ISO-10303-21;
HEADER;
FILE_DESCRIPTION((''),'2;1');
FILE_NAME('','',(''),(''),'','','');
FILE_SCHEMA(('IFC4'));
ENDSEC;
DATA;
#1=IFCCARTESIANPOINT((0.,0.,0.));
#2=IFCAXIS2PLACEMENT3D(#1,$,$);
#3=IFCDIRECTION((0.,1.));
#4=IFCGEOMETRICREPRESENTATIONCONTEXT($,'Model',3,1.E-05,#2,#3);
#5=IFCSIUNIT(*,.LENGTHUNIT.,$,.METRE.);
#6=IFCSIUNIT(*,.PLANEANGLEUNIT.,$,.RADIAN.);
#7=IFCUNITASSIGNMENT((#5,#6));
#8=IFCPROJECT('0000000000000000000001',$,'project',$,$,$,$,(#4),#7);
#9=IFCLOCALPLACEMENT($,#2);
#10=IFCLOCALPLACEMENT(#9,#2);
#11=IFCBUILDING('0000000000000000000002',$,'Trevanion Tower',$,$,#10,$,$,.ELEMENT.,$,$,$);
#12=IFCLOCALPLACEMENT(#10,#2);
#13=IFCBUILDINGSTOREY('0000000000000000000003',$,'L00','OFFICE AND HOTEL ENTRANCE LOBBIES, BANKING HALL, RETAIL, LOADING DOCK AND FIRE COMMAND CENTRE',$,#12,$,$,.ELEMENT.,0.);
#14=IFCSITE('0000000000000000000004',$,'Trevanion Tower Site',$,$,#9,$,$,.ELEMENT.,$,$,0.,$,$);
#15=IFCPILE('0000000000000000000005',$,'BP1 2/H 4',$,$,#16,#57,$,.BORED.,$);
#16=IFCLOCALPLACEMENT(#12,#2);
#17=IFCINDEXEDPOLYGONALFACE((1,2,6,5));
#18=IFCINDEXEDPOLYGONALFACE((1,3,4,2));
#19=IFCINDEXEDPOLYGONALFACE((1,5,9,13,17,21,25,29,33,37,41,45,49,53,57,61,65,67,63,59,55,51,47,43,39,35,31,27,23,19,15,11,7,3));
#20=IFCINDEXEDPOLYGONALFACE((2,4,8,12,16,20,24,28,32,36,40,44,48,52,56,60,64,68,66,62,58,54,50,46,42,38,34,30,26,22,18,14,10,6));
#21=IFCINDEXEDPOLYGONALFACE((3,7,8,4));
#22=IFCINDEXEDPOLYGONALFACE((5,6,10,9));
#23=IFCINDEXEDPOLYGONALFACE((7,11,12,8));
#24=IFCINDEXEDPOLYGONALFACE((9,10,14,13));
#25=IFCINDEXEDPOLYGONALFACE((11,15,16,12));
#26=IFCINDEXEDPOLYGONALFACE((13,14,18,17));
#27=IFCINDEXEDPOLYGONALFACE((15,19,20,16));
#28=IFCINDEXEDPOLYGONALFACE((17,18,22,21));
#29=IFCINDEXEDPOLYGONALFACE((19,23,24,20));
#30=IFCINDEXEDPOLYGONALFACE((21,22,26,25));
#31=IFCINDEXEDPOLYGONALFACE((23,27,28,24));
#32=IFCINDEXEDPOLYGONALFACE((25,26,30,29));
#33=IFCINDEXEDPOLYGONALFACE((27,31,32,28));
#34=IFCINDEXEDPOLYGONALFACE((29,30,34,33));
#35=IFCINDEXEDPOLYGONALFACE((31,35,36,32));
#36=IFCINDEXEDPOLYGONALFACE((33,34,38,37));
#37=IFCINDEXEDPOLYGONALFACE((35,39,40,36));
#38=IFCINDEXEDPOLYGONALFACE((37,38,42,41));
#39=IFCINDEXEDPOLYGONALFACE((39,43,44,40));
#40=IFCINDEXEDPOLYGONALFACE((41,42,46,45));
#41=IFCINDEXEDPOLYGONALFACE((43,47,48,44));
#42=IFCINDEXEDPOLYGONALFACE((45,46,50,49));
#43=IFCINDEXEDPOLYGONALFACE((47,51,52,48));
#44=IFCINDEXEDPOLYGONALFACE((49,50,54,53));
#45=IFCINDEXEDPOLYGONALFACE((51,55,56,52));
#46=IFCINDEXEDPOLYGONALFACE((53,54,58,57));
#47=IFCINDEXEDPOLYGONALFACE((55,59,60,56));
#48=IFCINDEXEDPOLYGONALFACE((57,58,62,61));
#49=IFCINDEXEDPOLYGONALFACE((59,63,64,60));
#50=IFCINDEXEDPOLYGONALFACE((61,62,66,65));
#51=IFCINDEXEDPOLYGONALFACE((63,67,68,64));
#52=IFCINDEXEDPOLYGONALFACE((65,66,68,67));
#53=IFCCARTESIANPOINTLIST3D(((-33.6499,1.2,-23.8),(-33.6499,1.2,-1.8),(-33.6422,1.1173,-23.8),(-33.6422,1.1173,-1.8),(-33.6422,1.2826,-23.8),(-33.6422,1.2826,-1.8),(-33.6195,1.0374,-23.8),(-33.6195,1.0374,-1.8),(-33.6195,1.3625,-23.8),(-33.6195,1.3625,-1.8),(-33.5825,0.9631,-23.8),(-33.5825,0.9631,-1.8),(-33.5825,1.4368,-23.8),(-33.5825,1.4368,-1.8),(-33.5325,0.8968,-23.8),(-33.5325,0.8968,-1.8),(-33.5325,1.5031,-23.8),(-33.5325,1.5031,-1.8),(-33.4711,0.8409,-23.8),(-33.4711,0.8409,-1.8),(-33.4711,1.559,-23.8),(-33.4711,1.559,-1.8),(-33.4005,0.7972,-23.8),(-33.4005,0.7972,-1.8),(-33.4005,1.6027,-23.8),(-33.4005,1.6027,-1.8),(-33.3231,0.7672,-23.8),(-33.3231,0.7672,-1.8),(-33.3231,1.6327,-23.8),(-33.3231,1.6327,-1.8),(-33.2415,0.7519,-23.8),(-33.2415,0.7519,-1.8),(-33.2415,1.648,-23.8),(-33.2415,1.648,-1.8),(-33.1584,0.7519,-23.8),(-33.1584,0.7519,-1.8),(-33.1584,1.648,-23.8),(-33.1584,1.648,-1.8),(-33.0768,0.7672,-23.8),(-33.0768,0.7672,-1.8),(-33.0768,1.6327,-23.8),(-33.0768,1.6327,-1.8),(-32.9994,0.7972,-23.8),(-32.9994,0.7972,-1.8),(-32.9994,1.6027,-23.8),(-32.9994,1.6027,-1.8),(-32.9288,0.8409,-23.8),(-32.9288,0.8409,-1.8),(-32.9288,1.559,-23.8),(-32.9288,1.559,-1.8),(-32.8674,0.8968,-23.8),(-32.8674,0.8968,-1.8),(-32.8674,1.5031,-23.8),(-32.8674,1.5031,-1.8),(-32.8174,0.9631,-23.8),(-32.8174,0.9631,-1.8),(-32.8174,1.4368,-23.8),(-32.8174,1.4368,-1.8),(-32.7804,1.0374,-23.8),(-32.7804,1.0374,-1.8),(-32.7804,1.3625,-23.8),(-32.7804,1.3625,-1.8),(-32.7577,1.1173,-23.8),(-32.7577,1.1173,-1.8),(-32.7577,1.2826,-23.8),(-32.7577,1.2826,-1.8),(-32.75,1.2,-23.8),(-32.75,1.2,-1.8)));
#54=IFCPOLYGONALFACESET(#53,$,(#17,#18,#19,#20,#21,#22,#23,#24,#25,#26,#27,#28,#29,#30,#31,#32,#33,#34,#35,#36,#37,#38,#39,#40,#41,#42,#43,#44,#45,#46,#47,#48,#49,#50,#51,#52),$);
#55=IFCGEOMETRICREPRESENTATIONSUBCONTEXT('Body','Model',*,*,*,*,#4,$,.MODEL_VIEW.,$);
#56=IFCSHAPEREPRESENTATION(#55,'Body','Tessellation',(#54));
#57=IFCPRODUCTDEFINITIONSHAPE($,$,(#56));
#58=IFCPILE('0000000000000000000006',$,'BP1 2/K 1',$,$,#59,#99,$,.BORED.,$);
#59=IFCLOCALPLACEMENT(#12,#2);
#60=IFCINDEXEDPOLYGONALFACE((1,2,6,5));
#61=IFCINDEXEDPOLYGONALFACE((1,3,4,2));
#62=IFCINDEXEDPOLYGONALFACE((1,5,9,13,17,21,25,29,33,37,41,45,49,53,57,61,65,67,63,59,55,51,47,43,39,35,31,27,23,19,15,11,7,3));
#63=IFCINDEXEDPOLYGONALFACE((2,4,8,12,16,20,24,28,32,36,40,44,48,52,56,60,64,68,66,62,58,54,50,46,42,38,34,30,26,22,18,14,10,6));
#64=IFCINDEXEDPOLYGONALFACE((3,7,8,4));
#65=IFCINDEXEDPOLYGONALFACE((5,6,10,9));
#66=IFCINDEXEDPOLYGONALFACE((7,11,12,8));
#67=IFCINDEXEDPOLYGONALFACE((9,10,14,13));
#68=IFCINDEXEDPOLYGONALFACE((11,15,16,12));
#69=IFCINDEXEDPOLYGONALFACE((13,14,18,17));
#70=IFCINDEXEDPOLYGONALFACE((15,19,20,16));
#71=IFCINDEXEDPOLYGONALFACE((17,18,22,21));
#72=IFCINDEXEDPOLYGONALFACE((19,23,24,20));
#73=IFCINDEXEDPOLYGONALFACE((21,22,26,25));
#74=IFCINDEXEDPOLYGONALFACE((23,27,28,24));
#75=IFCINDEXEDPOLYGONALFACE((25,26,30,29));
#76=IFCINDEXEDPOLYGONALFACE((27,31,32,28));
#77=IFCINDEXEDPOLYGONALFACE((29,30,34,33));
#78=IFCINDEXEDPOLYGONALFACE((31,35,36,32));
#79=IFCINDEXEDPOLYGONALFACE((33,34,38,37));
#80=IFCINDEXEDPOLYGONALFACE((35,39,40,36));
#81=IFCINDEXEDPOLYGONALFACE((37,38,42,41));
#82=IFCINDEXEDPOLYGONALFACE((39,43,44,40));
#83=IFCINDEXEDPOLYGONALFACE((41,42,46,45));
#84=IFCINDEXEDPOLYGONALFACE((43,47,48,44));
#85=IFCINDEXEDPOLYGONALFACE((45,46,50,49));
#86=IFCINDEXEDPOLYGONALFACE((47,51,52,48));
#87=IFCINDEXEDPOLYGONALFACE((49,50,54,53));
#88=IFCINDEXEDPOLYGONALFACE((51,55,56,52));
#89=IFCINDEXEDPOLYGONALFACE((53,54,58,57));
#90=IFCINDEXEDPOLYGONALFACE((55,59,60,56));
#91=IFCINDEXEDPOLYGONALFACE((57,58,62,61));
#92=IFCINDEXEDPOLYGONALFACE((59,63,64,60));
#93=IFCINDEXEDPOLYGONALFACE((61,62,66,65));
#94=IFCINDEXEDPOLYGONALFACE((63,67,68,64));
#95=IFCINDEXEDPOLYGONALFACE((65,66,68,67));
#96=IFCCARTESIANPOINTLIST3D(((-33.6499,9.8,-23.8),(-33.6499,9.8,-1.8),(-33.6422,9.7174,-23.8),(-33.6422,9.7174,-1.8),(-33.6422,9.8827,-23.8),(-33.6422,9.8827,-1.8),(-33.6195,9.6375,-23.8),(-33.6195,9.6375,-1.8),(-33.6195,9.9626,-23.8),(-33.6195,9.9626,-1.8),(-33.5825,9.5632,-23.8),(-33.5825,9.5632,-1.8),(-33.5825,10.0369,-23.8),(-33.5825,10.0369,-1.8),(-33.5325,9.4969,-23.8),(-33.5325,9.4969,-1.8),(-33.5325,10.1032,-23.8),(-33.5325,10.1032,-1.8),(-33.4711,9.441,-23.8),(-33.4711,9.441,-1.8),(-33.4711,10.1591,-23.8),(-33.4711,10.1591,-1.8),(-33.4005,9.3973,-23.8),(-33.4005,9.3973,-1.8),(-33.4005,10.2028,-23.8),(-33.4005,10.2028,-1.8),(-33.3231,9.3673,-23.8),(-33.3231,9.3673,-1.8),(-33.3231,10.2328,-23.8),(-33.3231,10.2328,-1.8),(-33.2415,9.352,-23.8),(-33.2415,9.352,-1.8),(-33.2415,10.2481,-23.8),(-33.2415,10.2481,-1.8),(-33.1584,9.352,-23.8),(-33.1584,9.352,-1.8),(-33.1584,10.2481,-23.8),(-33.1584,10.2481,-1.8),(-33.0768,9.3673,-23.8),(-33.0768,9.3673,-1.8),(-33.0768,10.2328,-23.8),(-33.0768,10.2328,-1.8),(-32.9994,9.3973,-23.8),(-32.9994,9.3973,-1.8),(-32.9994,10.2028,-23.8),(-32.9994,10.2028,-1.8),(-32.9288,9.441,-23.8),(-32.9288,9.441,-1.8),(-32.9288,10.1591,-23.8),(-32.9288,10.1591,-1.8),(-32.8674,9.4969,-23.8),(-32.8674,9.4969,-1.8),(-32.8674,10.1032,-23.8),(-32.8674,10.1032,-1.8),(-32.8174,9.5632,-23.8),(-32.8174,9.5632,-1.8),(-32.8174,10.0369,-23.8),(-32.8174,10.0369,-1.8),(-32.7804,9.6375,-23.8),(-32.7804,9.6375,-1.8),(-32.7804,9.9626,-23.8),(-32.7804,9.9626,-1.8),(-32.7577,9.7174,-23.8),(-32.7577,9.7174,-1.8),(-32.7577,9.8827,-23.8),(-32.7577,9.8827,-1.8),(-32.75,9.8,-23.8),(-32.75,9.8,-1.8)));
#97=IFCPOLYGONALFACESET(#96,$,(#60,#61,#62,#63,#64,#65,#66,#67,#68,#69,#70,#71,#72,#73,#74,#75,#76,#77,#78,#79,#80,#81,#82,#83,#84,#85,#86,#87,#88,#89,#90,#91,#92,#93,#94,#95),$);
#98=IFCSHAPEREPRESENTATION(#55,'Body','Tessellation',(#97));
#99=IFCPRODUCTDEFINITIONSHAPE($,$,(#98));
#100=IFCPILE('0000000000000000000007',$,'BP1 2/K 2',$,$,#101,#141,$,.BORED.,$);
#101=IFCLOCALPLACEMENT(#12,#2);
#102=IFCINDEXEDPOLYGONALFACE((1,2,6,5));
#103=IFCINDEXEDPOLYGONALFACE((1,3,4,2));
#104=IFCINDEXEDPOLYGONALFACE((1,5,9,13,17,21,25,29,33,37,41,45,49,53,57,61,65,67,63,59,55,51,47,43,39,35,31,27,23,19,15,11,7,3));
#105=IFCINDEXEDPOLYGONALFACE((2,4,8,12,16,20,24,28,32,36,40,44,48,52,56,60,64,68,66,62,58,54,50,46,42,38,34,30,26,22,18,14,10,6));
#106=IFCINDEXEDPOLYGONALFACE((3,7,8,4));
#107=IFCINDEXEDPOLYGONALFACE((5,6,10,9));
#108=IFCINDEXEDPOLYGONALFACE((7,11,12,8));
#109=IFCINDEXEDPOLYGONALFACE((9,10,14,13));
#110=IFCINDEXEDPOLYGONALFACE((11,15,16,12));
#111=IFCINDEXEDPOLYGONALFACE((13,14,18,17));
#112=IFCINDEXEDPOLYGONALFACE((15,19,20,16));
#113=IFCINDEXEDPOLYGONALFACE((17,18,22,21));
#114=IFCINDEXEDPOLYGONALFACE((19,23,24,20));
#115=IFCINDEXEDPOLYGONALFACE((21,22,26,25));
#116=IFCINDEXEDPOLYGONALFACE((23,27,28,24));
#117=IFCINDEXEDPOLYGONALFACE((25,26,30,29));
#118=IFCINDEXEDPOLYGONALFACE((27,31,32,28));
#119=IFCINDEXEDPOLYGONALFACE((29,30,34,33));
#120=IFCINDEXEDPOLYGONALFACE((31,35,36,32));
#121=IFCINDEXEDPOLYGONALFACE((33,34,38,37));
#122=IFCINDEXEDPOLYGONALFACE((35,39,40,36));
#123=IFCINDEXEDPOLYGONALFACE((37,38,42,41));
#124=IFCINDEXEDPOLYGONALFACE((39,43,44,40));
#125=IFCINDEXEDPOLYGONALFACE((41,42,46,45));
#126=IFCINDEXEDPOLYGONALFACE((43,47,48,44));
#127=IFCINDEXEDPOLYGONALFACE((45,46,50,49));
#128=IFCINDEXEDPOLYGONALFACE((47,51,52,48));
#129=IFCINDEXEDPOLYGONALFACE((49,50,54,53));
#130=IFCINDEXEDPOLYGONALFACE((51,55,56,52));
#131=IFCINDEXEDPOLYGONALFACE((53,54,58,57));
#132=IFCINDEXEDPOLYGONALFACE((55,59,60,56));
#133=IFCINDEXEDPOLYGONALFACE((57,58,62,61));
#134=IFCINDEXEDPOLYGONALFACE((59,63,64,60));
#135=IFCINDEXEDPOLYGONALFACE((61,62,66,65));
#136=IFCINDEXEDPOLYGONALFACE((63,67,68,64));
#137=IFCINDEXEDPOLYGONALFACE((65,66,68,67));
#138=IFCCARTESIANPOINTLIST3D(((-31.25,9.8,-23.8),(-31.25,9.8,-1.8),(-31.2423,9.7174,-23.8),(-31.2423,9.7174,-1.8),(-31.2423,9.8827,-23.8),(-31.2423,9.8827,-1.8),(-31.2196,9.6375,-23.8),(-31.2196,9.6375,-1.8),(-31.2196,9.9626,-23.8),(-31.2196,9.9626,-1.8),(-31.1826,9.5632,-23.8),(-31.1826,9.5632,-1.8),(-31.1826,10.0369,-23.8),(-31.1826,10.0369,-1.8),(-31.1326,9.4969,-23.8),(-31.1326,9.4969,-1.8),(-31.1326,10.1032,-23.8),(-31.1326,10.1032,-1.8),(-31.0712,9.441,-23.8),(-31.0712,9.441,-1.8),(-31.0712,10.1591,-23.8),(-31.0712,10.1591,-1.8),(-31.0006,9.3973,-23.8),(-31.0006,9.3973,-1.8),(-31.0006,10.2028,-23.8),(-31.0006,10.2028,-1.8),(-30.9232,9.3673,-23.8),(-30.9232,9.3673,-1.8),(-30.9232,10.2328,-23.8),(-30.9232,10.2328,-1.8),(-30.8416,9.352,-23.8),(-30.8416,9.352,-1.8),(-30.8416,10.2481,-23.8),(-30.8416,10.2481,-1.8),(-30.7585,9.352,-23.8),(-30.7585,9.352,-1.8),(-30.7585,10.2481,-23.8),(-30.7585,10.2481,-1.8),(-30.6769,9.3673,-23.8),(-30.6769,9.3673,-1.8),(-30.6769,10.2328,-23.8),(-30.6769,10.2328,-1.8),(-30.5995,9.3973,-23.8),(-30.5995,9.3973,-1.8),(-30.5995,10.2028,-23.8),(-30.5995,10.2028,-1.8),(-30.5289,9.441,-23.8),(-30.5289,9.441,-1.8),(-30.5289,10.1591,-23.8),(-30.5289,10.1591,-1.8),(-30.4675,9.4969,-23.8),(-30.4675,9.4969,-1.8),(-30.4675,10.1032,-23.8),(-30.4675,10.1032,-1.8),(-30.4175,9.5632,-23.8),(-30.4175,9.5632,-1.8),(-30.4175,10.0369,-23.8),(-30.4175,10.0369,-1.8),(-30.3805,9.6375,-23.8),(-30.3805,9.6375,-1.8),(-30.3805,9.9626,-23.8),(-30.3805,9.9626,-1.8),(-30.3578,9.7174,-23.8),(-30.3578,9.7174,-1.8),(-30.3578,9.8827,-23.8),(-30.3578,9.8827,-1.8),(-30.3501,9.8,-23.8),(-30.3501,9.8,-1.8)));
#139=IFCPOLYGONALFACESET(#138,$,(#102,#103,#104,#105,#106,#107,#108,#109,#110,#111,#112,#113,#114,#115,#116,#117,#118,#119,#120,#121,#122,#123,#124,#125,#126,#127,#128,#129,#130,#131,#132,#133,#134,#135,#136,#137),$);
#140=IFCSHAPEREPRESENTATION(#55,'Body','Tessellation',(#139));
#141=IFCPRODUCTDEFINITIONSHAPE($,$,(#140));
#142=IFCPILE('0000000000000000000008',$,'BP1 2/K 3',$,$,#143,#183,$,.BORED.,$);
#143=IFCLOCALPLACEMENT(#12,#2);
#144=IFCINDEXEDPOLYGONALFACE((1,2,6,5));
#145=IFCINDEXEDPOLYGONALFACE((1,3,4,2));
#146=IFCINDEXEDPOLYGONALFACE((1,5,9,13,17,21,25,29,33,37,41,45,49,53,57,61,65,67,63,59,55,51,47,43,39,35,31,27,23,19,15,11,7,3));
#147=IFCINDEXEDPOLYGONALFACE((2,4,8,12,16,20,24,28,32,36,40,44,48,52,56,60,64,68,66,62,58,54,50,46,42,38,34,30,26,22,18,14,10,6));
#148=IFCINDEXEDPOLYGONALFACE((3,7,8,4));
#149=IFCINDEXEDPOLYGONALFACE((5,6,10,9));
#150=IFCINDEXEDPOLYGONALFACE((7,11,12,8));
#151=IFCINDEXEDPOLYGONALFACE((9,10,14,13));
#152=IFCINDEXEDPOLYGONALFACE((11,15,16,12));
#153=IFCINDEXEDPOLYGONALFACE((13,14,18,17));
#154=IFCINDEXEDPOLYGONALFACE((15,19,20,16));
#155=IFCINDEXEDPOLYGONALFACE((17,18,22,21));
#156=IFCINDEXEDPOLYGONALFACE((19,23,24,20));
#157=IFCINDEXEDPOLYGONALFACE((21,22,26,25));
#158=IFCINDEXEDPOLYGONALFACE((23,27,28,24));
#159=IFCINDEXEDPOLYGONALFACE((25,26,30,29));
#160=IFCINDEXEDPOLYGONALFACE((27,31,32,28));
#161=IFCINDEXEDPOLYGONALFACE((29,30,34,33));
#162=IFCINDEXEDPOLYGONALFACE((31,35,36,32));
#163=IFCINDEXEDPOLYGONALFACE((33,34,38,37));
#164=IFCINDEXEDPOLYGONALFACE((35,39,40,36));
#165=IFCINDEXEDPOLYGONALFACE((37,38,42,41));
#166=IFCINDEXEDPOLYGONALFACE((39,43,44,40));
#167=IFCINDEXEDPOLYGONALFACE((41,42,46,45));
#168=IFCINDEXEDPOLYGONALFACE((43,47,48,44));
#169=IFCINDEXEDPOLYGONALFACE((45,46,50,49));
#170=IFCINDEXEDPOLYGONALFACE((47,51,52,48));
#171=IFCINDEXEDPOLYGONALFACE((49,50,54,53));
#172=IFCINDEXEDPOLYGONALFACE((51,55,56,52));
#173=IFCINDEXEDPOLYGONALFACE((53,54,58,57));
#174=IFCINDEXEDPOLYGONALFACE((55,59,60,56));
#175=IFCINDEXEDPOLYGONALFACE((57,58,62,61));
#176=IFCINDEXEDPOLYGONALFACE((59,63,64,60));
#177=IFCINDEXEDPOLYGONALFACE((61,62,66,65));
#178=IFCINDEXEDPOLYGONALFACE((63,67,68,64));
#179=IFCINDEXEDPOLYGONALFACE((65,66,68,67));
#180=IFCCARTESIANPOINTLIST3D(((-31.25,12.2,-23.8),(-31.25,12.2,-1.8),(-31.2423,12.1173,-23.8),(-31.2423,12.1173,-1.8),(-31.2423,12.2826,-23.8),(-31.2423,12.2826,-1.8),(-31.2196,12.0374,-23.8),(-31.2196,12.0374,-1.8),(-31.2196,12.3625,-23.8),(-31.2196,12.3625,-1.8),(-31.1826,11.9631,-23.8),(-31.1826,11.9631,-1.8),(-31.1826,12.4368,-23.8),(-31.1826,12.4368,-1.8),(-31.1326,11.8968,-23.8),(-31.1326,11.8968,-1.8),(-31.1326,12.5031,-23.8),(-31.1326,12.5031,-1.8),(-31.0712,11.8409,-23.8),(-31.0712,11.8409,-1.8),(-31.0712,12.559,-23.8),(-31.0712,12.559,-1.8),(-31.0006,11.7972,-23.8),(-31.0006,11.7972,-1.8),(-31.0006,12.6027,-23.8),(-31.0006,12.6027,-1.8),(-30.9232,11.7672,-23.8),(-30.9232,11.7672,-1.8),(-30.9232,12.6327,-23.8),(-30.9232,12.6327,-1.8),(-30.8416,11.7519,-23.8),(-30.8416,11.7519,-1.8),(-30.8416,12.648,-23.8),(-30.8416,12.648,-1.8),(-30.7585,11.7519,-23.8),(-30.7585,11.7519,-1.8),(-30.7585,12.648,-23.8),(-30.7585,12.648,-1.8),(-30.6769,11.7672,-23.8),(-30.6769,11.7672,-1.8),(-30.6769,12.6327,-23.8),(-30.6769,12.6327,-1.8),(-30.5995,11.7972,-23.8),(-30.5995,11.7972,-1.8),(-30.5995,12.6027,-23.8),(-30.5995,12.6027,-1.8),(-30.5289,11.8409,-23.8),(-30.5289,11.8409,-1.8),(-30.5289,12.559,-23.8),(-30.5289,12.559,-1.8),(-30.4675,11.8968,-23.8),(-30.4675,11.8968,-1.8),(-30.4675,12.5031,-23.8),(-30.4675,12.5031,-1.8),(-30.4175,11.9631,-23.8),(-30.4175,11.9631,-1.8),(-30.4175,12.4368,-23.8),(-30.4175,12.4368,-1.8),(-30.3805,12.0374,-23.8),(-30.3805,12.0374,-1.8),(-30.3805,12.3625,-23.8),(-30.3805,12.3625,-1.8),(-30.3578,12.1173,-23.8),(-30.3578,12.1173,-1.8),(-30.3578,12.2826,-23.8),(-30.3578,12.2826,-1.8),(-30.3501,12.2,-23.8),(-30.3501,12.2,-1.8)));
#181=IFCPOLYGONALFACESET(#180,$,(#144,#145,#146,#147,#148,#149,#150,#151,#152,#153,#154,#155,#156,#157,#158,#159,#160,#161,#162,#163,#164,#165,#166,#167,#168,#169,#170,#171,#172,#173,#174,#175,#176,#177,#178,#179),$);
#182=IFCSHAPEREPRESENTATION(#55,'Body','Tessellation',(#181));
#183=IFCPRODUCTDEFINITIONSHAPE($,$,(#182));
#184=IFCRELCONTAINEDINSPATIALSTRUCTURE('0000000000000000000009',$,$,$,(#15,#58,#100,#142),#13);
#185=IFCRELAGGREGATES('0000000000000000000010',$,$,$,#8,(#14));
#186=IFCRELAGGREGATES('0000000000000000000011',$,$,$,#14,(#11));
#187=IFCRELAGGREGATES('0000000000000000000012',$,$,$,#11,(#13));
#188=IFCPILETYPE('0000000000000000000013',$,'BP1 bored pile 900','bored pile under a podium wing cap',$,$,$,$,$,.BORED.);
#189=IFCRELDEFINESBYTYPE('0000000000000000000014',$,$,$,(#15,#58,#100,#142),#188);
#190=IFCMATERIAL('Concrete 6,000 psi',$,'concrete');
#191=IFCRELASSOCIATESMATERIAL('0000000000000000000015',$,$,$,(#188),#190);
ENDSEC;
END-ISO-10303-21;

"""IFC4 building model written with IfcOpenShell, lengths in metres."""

from ifc_helpers import new_model, si_unit, direction, frame, origin, origin_2d, place, context, subcontext, project, spatial, circle, extrude, material, material_profile, profile_set, type_object, element, save


model = new_model("IFC4")

# Units and contexts
model_context = context("Model", 3, precision=1e-05, world=origin(), true_north=direction((0.0, 1.0)))
body_context = subcontext(model_context, "Body", "Model", "MODEL_VIEW")
ifc_project = project(units=[si_unit("LENGTHUNIT", "METRE"), si_unit("PLANEANGLEUNIT", "RADIAN")], contexts=[model_context])

# Site, building, storey
site_placement = place(None, origin())
site = spatial("IfcSite", under=ifc_project, at=site_placement, Name="Trevanion Tower Site", CompositionType="ELEMENT", RefElevation=0.0)
building_placement = place(site_placement, origin())
building = spatial("IfcBuilding", under=site, at=building_placement, Name="Trevanion Tower", CompositionType="ELEMENT")
storey_placement = place(building_placement, origin())
storey = spatial("IfcBuildingStorey", under=building, at=storey_placement, Name="L00", Description="OFFICE AND HOTEL ENTRANCE LOBBIES, BANKING HALL, RETAIL, LOADING DOCK AND FIRE COMMAND CENTRE", CompositionType="ELEMENT", Elevation=0.0)

# Piles
ifc_material_1 = material(Name="Concrete 6,000 psi", Category="concrete")
ifc_material_profile_1 = material_profile(ifc_material_1, circle(Radius=0.45, at=origin_2d()), Name="BP1 bored pile 900")
ifc_profile_set_1 = profile_set([ifc_material_profile_1], Name="Concrete 6,000 psi")
pile_type = type_object("IfcPileType", Name="BP1 bored pile 900", Description="bored pile under a podium wing cap", PredefinedType="BORED", material=ifc_profile_set_1)
for number, where, z_axis, x_axis, name in (
    (1, (-33.2, 1.2, -1.8), (0.0, 0.0, -1.0), (1.0, 0.0, 0.0), "BP1 2/H 4"),
    (2, (-33.2, 9.8, -1.8), (0.0, 0.0, -1.0), (1.0, 0.0, 0.0), "BP1 2/K 1"),
    (3, (-30.8, 9.8, -1.8), (0.0, 0.0, -1.0), (1.0, 0.0, 0.0), "BP1 2/K 2"),
    (4, (-30.8, 12.2, -1.8), (0.0, 0.0, -1.0), (1.0, 0.0, 0.0), "BP1 2/K 3"),
):
    element("IfcPile", number, at=place(storey_placement, frame(where, z_axis=z_axis, x_axis=x_axis)), inside=storey, type_object=pile_type, Name=name, PredefinedType="BORED", context=body_context, shape_type="SweptSolid", body=[
        extrude(circle(Radius=0.45, at=origin_2d()), origin(), (0.0, 0.0, 1.0), 22.0),
    ])

save(model, "model.ifc")
